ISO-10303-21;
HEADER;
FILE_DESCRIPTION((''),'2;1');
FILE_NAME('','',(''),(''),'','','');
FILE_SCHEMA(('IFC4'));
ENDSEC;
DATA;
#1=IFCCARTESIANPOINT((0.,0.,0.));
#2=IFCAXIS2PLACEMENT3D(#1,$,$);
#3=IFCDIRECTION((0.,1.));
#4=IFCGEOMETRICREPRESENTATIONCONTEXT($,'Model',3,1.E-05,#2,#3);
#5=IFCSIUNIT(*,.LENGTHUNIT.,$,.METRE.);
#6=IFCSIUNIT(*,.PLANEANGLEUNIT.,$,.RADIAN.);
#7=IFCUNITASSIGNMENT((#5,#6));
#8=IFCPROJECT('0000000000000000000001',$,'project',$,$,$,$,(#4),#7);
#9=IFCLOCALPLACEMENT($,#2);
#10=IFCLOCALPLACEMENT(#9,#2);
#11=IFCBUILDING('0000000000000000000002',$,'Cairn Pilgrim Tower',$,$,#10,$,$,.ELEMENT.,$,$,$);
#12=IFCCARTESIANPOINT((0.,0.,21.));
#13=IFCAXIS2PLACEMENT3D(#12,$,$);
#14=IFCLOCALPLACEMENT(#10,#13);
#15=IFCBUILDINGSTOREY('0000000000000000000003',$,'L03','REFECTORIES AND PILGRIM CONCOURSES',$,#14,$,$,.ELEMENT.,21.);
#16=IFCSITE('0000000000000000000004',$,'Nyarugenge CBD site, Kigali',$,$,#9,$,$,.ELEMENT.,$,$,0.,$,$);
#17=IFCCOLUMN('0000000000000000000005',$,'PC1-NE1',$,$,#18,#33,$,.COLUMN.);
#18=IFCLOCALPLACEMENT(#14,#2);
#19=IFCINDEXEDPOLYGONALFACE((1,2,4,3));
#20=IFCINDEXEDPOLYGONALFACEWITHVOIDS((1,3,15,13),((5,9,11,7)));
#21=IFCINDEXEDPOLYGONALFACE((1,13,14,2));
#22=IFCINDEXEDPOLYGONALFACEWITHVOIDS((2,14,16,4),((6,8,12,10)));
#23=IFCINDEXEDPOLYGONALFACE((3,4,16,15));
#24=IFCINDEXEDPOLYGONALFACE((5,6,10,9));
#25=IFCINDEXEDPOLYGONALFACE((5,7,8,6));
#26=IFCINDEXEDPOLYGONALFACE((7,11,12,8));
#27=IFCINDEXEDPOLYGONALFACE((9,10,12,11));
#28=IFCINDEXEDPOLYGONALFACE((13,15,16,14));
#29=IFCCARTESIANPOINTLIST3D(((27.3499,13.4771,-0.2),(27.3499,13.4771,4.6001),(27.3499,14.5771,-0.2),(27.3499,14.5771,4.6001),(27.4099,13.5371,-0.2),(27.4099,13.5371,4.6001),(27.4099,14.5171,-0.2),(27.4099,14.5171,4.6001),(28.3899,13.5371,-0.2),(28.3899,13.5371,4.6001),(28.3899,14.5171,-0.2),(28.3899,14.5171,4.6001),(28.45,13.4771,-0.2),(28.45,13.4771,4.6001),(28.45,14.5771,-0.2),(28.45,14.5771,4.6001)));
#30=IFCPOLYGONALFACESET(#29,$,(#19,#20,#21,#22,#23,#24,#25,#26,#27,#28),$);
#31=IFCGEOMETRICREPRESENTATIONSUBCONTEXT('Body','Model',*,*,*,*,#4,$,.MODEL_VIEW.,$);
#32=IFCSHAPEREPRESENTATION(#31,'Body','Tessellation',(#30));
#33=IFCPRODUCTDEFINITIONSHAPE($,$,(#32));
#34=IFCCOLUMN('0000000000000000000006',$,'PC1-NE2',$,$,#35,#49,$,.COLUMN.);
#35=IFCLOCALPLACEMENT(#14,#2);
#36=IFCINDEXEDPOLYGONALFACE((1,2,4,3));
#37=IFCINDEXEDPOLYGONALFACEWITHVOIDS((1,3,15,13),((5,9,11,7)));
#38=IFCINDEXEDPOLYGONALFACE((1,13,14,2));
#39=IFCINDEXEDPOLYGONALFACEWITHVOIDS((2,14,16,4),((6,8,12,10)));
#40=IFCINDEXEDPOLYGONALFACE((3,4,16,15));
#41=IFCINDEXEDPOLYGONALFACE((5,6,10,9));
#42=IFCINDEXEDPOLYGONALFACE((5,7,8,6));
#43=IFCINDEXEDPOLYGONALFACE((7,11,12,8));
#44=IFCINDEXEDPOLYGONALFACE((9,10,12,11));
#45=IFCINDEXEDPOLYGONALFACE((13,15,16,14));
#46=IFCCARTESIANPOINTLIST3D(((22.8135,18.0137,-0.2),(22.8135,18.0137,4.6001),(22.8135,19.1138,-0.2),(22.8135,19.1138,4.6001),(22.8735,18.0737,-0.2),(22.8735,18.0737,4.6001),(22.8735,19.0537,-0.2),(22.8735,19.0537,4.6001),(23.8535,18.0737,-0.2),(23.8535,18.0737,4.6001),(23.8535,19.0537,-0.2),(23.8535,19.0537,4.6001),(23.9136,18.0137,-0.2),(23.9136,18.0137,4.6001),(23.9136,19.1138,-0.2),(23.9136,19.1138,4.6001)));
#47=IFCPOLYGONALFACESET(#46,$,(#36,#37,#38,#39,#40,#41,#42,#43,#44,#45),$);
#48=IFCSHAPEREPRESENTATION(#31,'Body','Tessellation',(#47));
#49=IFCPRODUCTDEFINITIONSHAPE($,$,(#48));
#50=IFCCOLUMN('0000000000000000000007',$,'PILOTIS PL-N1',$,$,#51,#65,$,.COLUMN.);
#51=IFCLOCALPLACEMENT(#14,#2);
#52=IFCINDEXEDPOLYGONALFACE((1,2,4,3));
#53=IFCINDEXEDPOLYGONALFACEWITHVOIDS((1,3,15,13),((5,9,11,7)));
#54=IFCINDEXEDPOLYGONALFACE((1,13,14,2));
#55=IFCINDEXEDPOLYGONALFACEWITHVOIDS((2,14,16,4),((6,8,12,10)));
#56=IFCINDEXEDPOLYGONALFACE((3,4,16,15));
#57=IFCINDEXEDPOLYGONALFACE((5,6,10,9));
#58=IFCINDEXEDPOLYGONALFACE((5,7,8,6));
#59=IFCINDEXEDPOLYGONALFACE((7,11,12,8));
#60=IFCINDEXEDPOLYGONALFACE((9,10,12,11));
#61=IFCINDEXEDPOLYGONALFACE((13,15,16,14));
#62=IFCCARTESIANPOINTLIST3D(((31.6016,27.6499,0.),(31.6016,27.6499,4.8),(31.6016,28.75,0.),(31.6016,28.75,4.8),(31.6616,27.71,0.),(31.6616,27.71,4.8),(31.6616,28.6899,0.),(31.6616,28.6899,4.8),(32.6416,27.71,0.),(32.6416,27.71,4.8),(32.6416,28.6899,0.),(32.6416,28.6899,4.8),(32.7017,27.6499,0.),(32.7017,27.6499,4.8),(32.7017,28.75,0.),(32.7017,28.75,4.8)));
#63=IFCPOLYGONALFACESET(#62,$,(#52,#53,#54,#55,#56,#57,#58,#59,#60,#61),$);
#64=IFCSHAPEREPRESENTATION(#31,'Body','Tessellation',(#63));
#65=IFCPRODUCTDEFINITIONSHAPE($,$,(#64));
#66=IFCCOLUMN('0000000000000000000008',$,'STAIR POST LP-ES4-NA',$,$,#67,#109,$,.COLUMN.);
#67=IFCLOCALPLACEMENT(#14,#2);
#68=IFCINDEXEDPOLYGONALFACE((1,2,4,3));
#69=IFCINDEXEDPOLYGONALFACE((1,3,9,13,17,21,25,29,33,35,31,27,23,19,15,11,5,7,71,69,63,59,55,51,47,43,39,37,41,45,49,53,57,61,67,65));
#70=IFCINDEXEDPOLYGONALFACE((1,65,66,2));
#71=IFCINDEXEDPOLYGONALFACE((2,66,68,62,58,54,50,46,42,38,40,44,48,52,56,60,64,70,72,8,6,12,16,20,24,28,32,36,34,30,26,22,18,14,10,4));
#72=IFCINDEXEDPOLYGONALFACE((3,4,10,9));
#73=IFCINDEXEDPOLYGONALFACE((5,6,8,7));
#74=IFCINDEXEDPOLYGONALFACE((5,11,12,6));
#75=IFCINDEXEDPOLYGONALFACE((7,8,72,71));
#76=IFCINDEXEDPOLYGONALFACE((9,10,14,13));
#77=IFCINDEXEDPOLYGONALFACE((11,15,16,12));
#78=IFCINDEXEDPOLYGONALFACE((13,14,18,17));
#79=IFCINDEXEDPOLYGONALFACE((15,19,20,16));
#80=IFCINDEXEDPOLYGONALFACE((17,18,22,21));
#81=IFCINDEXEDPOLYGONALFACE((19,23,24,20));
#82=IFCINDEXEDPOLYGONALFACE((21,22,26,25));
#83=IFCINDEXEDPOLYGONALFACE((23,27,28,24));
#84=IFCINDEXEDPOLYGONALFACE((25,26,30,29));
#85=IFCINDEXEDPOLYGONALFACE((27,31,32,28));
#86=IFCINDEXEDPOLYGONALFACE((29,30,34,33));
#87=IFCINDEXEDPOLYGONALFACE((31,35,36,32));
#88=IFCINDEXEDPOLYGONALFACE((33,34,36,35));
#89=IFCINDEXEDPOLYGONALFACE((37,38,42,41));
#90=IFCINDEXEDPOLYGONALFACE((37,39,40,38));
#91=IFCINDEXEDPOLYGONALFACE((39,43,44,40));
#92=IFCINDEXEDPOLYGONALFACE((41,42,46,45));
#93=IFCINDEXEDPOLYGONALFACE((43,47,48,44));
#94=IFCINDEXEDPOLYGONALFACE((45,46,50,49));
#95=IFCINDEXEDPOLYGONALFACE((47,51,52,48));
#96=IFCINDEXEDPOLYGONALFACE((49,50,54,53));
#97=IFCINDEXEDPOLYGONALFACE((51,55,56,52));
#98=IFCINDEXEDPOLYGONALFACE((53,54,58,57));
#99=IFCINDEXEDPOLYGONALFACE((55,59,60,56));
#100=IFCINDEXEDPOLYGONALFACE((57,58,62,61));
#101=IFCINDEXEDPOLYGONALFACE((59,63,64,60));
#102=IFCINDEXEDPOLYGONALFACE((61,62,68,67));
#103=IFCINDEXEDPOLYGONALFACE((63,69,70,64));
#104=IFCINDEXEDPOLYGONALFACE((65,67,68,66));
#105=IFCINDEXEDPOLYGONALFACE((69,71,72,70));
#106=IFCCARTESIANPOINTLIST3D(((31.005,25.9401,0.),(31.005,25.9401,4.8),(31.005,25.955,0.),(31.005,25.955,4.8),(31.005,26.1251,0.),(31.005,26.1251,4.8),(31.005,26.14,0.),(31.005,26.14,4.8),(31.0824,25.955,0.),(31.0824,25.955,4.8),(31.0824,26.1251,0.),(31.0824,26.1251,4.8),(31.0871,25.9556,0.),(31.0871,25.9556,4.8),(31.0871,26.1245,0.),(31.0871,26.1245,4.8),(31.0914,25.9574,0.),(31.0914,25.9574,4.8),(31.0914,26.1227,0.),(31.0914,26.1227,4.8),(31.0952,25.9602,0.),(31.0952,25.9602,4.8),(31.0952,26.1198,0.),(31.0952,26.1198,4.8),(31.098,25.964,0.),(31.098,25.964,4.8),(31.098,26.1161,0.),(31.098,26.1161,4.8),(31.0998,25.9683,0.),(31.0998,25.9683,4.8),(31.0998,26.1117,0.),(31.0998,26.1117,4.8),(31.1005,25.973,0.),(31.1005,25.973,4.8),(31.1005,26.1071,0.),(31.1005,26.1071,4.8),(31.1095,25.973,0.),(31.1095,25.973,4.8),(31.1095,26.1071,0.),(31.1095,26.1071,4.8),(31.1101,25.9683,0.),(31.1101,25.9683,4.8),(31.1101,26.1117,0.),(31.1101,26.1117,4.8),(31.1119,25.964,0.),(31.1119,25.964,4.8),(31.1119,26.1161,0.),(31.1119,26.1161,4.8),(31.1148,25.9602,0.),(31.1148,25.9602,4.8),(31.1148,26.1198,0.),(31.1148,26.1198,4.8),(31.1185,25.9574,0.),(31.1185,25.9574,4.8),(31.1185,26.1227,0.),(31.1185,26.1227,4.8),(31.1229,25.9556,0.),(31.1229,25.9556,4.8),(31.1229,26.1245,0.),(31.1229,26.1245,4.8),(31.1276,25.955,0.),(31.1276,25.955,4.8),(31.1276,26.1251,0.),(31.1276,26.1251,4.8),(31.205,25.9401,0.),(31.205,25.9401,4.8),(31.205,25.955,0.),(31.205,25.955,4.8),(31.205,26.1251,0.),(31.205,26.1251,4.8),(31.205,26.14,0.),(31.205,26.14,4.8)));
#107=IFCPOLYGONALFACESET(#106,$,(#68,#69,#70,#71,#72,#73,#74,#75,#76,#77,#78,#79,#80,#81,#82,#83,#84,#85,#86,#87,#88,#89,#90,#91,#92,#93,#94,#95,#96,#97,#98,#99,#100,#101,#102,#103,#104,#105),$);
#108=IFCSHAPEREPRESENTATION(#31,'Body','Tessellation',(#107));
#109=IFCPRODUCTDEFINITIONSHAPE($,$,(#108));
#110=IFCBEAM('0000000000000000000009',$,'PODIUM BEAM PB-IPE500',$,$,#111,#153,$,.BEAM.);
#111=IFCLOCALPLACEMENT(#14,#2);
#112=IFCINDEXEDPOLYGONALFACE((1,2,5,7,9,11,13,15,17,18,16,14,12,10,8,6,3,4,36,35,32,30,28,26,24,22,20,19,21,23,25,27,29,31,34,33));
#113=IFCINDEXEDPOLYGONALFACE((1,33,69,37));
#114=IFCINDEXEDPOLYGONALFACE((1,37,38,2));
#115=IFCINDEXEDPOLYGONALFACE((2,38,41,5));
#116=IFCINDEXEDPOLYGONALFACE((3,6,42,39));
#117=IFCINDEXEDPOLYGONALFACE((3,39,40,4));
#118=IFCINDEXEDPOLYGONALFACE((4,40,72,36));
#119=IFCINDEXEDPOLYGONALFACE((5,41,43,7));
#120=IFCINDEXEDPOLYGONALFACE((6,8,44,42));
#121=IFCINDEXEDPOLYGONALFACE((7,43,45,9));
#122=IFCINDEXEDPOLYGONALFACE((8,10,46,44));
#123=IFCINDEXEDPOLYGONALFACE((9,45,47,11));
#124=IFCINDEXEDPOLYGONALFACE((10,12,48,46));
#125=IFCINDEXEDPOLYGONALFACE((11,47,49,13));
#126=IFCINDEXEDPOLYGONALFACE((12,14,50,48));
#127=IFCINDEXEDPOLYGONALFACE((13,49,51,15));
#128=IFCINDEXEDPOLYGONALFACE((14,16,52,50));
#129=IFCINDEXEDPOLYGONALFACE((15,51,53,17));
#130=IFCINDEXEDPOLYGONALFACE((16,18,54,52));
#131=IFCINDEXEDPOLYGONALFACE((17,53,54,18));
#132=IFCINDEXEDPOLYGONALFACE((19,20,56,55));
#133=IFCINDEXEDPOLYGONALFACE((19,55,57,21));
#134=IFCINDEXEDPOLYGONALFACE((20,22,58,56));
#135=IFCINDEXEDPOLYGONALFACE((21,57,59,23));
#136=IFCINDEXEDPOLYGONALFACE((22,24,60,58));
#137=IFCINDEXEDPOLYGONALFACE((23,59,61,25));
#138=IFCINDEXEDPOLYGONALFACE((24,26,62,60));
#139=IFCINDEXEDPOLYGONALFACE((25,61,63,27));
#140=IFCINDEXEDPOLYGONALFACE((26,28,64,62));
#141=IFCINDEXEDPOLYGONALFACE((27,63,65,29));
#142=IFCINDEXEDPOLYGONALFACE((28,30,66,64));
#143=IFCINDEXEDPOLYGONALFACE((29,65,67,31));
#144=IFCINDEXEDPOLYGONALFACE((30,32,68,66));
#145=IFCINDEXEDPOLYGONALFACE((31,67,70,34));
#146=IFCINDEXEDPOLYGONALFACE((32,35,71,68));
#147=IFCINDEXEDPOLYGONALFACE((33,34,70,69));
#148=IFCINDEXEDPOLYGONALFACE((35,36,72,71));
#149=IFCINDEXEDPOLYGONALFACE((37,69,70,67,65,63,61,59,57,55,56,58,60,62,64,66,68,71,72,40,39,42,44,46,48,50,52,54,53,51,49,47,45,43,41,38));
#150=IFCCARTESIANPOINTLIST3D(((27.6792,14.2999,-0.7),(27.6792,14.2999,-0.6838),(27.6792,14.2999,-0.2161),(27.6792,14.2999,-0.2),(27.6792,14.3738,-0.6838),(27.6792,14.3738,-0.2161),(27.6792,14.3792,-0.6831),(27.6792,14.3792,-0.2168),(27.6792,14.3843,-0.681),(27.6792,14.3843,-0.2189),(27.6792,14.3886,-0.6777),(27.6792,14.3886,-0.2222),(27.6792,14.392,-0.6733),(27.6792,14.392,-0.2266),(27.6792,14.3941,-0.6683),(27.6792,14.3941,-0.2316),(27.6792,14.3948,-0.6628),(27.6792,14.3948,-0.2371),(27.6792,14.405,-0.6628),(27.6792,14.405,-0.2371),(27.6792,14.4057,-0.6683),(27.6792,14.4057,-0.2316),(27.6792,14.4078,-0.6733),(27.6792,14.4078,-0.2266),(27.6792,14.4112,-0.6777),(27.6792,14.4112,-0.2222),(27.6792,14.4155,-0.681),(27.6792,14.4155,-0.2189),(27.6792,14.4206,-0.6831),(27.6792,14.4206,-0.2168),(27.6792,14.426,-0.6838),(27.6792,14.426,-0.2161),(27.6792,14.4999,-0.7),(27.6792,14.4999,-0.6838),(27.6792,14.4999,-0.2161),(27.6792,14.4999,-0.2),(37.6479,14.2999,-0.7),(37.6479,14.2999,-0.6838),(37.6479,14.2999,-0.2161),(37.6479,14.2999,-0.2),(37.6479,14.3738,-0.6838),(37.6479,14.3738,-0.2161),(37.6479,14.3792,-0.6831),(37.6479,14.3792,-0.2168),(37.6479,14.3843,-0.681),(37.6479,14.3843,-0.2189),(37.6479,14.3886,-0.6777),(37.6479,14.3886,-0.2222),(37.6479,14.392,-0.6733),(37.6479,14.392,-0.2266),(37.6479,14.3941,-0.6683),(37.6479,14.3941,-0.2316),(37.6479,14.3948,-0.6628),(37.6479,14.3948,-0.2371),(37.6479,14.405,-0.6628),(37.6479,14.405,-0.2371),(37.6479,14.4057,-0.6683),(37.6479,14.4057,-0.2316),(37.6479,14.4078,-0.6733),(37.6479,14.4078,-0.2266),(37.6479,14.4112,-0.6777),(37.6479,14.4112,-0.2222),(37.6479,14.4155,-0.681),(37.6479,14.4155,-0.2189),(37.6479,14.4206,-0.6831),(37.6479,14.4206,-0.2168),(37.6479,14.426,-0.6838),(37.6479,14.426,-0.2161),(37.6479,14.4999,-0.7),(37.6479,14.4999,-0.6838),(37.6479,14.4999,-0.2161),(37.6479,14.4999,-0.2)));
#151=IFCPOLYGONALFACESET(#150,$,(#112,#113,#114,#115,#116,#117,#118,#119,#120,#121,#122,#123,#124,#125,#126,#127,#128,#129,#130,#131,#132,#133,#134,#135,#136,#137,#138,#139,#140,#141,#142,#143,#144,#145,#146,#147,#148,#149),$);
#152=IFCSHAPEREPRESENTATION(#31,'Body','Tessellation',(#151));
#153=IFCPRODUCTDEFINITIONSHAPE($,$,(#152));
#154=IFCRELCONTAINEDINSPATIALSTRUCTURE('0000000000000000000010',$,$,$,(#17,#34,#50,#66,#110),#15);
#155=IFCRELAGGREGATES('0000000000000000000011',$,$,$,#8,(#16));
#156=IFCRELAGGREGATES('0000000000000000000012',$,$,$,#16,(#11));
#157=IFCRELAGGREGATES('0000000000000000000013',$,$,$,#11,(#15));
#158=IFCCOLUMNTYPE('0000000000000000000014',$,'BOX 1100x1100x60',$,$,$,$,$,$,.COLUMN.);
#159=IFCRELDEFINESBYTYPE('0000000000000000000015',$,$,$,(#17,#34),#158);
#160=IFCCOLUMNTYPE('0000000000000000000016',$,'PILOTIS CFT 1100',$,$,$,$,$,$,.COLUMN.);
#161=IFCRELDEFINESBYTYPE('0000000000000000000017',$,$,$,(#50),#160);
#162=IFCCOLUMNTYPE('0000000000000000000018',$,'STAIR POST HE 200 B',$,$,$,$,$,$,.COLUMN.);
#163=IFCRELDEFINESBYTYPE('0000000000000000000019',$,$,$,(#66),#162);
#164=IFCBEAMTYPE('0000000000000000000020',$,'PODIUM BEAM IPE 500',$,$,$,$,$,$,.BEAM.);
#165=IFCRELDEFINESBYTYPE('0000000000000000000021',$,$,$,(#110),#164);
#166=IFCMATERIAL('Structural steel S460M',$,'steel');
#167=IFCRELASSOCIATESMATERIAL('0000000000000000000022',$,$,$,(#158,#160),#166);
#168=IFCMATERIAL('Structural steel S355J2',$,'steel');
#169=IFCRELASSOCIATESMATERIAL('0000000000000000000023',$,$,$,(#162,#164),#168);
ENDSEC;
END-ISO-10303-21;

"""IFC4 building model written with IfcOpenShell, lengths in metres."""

from ifc_helpers import new_model, si_unit, direction, frame, origin, origin_2d, place, context, subcontext, project, spatial, hollow_rectangle, i_section, extrude, material, material_profile, profile_set, type_object, element, save


model = new_model("IFC4")

# Units and contexts
model_context = context("Model", 3, precision=1e-05, world=origin(), true_north=direction((0.0, 1.0)))
body_context = subcontext(model_context, "Body", "Model", "MODEL_VIEW")
ifc_project = project(units=[si_unit("LENGTHUNIT", "METRE"), si_unit("PLANEANGLEUNIT", "RADIAN")], contexts=[model_context])

# Site, building, storey
site_placement = place(None, origin())
site = spatial("IfcSite", under=ifc_project, at=site_placement, Name="Nyarugenge CBD site, Kigali", CompositionType="ELEMENT", RefElevation=0.0)
building_placement = place(site_placement, origin())
building = spatial("IfcBuilding", under=site, at=building_placement, Name="Cairn Pilgrim Tower", CompositionType="ELEMENT")
storey_placement = place(building_placement, frame((0.0, 0.0, 21.0)))
storey = spatial("IfcBuildingStorey", under=building, at=storey_placement, Name="L03", Description="REFECTORIES AND PILGRIM CONCOURSES", CompositionType="ELEMENT", Elevation=21.0)

# Columns
ifc_material_1 = material(Name="Structural steel S460M", Category="steel")
ifc_material_profile_1 = material_profile(ifc_material_1, hollow_rectangle(XDim=1.1001, YDim=1.1001, WallThickness=0.0601, at=origin_2d()), Name="BOX 1100x1100x60")
ifc_profile_set_1 = profile_set([ifc_material_profile_1], Name="Structural steel S460M")
column_type_1 = type_object("IfcColumnType", Name="BOX 1100x1100x60", PredefinedType="COLUMN", material=ifc_profile_set_1)
for number, where, z_axis, x_axis, name in (
    (1, (27.8999, 14.0271, -0.2), (0.0, 0.0, 1.0), (1.0, 0.0, 0.0), "PC1-NE1"),
    (2, (23.3635, 18.5637, -0.2), (0.0, 0.0, 1.0), (1.0, 0.0, 0.0), "PC1-NE2"),
):
    element("IfcColumn", number, at=place(storey_placement, frame(where, z_axis=z_axis, x_axis=x_axis)), inside=storey, type_object=column_type_1, Name=name, PredefinedType="COLUMN", context=body_context, shape_type="SweptSolid", body=[
        extrude(hollow_rectangle(XDim=1.1001, YDim=1.1001, WallThickness=0.0601, at=origin_2d()), origin(), (0.0, 0.0, 1.0), 4.8),
    ])
ifc_material_profile_2 = material_profile(ifc_material_1, hollow_rectangle(XDim=1.1001, YDim=1.1001, WallThickness=0.0601, at=origin_2d()), Name="BOX 1100x1100x60")
ifc_profile_set_2 = profile_set([ifc_material_profile_2], Name="Structural steel S460M")
column_type_2 = type_object("IfcColumnType", Name="PILOTIS CFT 1100", PredefinedType="COLUMN", material=ifc_profile_set_2)
column_1_placement = place(storey_placement, frame((32.1516, 28.2, 0.0), z_axis=(0.0, 0.0, 1.0), x_axis=(1.0, 0.0, 0.0)))
element("IfcColumn", 3, at=column_1_placement, inside=storey, type_object=column_type_2, Name="PILOTIS PL-N1", PredefinedType="COLUMN", context=body_context, shape_type="SweptSolid", body=[
    extrude(hollow_rectangle(XDim=1.1001, YDim=1.1001, WallThickness=0.0601, at=origin_2d()), origin(), (0.0, 0.0, 1.0), 4.8),
])
ifc_material_2 = material(Name="Structural steel S355J2", Category="steel")
ifc_material_profile_3 = material_profile(ifc_material_2, i_section(OverallWidth=0.2, OverallDepth=0.2, WebThickness=0.009, FlangeThickness=0.0149, FilletRadius=0.0181, at=origin_2d()), Name="HE 200 B")
ifc_profile_set_3 = profile_set([ifc_material_profile_3], Name="Structural steel S355J2")
column_type_3 = type_object("IfcColumnType", Name="STAIR POST HE 200 B", PredefinedType="COLUMN", material=ifc_profile_set_3)
column_2_placement = place(storey_placement, frame((31.105, 26.04, 0.0), z_axis=(0.0, 0.0, 1.0), x_axis=(1.0, 0.0, 0.0)))
element("IfcColumn", 4, at=column_2_placement, inside=storey, type_object=column_type_3, Name="STAIR POST LP-ES4-NA", PredefinedType="COLUMN", context=body_context, shape_type="SweptSolid", body=[
    extrude(i_section(OverallWidth=0.2, OverallDepth=0.2, WebThickness=0.009, FlangeThickness=0.0149, FilletRadius=0.0181, at=origin_2d()), origin(), (0.0, 0.0, 1.0), 4.8),
])

# Beam
ifc_material_profile_4 = material_profile(ifc_material_2, i_section(OverallWidth=0.2, OverallDepth=0.5, WebThickness=0.0103, FlangeThickness=0.0161, FilletRadius=0.021, at=origin_2d()), Name="IPE 500")
ifc_profile_set_4 = profile_set([ifc_material_profile_4], Name="Structural steel S355J2")
beam_type_1 = type_object("IfcBeamType", Name="PODIUM BEAM IPE 500", PredefinedType="BEAM", material=ifc_profile_set_4)
beam_1_placement = place(storey_placement, frame((27.6792, 14.3999, -0.45), z_axis=(1.0, 0.0, 0.0), x_axis=(0.0, 1.0, 0.0)))
element("IfcBeam", 5, at=beam_1_placement, inside=storey, type_object=beam_type_1, Name="PODIUM BEAM PB-IPE500", PredefinedType="BEAM", context=body_context, shape_type="SweptSolid", body=[
    extrude(i_section(OverallWidth=0.2, OverallDepth=0.5, WebThickness=0.0103, FlangeThickness=0.0161, FilletRadius=0.021, at=origin_2d()), origin(), (0.0, 0.0, 1.0), 9.9688),
])

save(model, "model.ifc")
